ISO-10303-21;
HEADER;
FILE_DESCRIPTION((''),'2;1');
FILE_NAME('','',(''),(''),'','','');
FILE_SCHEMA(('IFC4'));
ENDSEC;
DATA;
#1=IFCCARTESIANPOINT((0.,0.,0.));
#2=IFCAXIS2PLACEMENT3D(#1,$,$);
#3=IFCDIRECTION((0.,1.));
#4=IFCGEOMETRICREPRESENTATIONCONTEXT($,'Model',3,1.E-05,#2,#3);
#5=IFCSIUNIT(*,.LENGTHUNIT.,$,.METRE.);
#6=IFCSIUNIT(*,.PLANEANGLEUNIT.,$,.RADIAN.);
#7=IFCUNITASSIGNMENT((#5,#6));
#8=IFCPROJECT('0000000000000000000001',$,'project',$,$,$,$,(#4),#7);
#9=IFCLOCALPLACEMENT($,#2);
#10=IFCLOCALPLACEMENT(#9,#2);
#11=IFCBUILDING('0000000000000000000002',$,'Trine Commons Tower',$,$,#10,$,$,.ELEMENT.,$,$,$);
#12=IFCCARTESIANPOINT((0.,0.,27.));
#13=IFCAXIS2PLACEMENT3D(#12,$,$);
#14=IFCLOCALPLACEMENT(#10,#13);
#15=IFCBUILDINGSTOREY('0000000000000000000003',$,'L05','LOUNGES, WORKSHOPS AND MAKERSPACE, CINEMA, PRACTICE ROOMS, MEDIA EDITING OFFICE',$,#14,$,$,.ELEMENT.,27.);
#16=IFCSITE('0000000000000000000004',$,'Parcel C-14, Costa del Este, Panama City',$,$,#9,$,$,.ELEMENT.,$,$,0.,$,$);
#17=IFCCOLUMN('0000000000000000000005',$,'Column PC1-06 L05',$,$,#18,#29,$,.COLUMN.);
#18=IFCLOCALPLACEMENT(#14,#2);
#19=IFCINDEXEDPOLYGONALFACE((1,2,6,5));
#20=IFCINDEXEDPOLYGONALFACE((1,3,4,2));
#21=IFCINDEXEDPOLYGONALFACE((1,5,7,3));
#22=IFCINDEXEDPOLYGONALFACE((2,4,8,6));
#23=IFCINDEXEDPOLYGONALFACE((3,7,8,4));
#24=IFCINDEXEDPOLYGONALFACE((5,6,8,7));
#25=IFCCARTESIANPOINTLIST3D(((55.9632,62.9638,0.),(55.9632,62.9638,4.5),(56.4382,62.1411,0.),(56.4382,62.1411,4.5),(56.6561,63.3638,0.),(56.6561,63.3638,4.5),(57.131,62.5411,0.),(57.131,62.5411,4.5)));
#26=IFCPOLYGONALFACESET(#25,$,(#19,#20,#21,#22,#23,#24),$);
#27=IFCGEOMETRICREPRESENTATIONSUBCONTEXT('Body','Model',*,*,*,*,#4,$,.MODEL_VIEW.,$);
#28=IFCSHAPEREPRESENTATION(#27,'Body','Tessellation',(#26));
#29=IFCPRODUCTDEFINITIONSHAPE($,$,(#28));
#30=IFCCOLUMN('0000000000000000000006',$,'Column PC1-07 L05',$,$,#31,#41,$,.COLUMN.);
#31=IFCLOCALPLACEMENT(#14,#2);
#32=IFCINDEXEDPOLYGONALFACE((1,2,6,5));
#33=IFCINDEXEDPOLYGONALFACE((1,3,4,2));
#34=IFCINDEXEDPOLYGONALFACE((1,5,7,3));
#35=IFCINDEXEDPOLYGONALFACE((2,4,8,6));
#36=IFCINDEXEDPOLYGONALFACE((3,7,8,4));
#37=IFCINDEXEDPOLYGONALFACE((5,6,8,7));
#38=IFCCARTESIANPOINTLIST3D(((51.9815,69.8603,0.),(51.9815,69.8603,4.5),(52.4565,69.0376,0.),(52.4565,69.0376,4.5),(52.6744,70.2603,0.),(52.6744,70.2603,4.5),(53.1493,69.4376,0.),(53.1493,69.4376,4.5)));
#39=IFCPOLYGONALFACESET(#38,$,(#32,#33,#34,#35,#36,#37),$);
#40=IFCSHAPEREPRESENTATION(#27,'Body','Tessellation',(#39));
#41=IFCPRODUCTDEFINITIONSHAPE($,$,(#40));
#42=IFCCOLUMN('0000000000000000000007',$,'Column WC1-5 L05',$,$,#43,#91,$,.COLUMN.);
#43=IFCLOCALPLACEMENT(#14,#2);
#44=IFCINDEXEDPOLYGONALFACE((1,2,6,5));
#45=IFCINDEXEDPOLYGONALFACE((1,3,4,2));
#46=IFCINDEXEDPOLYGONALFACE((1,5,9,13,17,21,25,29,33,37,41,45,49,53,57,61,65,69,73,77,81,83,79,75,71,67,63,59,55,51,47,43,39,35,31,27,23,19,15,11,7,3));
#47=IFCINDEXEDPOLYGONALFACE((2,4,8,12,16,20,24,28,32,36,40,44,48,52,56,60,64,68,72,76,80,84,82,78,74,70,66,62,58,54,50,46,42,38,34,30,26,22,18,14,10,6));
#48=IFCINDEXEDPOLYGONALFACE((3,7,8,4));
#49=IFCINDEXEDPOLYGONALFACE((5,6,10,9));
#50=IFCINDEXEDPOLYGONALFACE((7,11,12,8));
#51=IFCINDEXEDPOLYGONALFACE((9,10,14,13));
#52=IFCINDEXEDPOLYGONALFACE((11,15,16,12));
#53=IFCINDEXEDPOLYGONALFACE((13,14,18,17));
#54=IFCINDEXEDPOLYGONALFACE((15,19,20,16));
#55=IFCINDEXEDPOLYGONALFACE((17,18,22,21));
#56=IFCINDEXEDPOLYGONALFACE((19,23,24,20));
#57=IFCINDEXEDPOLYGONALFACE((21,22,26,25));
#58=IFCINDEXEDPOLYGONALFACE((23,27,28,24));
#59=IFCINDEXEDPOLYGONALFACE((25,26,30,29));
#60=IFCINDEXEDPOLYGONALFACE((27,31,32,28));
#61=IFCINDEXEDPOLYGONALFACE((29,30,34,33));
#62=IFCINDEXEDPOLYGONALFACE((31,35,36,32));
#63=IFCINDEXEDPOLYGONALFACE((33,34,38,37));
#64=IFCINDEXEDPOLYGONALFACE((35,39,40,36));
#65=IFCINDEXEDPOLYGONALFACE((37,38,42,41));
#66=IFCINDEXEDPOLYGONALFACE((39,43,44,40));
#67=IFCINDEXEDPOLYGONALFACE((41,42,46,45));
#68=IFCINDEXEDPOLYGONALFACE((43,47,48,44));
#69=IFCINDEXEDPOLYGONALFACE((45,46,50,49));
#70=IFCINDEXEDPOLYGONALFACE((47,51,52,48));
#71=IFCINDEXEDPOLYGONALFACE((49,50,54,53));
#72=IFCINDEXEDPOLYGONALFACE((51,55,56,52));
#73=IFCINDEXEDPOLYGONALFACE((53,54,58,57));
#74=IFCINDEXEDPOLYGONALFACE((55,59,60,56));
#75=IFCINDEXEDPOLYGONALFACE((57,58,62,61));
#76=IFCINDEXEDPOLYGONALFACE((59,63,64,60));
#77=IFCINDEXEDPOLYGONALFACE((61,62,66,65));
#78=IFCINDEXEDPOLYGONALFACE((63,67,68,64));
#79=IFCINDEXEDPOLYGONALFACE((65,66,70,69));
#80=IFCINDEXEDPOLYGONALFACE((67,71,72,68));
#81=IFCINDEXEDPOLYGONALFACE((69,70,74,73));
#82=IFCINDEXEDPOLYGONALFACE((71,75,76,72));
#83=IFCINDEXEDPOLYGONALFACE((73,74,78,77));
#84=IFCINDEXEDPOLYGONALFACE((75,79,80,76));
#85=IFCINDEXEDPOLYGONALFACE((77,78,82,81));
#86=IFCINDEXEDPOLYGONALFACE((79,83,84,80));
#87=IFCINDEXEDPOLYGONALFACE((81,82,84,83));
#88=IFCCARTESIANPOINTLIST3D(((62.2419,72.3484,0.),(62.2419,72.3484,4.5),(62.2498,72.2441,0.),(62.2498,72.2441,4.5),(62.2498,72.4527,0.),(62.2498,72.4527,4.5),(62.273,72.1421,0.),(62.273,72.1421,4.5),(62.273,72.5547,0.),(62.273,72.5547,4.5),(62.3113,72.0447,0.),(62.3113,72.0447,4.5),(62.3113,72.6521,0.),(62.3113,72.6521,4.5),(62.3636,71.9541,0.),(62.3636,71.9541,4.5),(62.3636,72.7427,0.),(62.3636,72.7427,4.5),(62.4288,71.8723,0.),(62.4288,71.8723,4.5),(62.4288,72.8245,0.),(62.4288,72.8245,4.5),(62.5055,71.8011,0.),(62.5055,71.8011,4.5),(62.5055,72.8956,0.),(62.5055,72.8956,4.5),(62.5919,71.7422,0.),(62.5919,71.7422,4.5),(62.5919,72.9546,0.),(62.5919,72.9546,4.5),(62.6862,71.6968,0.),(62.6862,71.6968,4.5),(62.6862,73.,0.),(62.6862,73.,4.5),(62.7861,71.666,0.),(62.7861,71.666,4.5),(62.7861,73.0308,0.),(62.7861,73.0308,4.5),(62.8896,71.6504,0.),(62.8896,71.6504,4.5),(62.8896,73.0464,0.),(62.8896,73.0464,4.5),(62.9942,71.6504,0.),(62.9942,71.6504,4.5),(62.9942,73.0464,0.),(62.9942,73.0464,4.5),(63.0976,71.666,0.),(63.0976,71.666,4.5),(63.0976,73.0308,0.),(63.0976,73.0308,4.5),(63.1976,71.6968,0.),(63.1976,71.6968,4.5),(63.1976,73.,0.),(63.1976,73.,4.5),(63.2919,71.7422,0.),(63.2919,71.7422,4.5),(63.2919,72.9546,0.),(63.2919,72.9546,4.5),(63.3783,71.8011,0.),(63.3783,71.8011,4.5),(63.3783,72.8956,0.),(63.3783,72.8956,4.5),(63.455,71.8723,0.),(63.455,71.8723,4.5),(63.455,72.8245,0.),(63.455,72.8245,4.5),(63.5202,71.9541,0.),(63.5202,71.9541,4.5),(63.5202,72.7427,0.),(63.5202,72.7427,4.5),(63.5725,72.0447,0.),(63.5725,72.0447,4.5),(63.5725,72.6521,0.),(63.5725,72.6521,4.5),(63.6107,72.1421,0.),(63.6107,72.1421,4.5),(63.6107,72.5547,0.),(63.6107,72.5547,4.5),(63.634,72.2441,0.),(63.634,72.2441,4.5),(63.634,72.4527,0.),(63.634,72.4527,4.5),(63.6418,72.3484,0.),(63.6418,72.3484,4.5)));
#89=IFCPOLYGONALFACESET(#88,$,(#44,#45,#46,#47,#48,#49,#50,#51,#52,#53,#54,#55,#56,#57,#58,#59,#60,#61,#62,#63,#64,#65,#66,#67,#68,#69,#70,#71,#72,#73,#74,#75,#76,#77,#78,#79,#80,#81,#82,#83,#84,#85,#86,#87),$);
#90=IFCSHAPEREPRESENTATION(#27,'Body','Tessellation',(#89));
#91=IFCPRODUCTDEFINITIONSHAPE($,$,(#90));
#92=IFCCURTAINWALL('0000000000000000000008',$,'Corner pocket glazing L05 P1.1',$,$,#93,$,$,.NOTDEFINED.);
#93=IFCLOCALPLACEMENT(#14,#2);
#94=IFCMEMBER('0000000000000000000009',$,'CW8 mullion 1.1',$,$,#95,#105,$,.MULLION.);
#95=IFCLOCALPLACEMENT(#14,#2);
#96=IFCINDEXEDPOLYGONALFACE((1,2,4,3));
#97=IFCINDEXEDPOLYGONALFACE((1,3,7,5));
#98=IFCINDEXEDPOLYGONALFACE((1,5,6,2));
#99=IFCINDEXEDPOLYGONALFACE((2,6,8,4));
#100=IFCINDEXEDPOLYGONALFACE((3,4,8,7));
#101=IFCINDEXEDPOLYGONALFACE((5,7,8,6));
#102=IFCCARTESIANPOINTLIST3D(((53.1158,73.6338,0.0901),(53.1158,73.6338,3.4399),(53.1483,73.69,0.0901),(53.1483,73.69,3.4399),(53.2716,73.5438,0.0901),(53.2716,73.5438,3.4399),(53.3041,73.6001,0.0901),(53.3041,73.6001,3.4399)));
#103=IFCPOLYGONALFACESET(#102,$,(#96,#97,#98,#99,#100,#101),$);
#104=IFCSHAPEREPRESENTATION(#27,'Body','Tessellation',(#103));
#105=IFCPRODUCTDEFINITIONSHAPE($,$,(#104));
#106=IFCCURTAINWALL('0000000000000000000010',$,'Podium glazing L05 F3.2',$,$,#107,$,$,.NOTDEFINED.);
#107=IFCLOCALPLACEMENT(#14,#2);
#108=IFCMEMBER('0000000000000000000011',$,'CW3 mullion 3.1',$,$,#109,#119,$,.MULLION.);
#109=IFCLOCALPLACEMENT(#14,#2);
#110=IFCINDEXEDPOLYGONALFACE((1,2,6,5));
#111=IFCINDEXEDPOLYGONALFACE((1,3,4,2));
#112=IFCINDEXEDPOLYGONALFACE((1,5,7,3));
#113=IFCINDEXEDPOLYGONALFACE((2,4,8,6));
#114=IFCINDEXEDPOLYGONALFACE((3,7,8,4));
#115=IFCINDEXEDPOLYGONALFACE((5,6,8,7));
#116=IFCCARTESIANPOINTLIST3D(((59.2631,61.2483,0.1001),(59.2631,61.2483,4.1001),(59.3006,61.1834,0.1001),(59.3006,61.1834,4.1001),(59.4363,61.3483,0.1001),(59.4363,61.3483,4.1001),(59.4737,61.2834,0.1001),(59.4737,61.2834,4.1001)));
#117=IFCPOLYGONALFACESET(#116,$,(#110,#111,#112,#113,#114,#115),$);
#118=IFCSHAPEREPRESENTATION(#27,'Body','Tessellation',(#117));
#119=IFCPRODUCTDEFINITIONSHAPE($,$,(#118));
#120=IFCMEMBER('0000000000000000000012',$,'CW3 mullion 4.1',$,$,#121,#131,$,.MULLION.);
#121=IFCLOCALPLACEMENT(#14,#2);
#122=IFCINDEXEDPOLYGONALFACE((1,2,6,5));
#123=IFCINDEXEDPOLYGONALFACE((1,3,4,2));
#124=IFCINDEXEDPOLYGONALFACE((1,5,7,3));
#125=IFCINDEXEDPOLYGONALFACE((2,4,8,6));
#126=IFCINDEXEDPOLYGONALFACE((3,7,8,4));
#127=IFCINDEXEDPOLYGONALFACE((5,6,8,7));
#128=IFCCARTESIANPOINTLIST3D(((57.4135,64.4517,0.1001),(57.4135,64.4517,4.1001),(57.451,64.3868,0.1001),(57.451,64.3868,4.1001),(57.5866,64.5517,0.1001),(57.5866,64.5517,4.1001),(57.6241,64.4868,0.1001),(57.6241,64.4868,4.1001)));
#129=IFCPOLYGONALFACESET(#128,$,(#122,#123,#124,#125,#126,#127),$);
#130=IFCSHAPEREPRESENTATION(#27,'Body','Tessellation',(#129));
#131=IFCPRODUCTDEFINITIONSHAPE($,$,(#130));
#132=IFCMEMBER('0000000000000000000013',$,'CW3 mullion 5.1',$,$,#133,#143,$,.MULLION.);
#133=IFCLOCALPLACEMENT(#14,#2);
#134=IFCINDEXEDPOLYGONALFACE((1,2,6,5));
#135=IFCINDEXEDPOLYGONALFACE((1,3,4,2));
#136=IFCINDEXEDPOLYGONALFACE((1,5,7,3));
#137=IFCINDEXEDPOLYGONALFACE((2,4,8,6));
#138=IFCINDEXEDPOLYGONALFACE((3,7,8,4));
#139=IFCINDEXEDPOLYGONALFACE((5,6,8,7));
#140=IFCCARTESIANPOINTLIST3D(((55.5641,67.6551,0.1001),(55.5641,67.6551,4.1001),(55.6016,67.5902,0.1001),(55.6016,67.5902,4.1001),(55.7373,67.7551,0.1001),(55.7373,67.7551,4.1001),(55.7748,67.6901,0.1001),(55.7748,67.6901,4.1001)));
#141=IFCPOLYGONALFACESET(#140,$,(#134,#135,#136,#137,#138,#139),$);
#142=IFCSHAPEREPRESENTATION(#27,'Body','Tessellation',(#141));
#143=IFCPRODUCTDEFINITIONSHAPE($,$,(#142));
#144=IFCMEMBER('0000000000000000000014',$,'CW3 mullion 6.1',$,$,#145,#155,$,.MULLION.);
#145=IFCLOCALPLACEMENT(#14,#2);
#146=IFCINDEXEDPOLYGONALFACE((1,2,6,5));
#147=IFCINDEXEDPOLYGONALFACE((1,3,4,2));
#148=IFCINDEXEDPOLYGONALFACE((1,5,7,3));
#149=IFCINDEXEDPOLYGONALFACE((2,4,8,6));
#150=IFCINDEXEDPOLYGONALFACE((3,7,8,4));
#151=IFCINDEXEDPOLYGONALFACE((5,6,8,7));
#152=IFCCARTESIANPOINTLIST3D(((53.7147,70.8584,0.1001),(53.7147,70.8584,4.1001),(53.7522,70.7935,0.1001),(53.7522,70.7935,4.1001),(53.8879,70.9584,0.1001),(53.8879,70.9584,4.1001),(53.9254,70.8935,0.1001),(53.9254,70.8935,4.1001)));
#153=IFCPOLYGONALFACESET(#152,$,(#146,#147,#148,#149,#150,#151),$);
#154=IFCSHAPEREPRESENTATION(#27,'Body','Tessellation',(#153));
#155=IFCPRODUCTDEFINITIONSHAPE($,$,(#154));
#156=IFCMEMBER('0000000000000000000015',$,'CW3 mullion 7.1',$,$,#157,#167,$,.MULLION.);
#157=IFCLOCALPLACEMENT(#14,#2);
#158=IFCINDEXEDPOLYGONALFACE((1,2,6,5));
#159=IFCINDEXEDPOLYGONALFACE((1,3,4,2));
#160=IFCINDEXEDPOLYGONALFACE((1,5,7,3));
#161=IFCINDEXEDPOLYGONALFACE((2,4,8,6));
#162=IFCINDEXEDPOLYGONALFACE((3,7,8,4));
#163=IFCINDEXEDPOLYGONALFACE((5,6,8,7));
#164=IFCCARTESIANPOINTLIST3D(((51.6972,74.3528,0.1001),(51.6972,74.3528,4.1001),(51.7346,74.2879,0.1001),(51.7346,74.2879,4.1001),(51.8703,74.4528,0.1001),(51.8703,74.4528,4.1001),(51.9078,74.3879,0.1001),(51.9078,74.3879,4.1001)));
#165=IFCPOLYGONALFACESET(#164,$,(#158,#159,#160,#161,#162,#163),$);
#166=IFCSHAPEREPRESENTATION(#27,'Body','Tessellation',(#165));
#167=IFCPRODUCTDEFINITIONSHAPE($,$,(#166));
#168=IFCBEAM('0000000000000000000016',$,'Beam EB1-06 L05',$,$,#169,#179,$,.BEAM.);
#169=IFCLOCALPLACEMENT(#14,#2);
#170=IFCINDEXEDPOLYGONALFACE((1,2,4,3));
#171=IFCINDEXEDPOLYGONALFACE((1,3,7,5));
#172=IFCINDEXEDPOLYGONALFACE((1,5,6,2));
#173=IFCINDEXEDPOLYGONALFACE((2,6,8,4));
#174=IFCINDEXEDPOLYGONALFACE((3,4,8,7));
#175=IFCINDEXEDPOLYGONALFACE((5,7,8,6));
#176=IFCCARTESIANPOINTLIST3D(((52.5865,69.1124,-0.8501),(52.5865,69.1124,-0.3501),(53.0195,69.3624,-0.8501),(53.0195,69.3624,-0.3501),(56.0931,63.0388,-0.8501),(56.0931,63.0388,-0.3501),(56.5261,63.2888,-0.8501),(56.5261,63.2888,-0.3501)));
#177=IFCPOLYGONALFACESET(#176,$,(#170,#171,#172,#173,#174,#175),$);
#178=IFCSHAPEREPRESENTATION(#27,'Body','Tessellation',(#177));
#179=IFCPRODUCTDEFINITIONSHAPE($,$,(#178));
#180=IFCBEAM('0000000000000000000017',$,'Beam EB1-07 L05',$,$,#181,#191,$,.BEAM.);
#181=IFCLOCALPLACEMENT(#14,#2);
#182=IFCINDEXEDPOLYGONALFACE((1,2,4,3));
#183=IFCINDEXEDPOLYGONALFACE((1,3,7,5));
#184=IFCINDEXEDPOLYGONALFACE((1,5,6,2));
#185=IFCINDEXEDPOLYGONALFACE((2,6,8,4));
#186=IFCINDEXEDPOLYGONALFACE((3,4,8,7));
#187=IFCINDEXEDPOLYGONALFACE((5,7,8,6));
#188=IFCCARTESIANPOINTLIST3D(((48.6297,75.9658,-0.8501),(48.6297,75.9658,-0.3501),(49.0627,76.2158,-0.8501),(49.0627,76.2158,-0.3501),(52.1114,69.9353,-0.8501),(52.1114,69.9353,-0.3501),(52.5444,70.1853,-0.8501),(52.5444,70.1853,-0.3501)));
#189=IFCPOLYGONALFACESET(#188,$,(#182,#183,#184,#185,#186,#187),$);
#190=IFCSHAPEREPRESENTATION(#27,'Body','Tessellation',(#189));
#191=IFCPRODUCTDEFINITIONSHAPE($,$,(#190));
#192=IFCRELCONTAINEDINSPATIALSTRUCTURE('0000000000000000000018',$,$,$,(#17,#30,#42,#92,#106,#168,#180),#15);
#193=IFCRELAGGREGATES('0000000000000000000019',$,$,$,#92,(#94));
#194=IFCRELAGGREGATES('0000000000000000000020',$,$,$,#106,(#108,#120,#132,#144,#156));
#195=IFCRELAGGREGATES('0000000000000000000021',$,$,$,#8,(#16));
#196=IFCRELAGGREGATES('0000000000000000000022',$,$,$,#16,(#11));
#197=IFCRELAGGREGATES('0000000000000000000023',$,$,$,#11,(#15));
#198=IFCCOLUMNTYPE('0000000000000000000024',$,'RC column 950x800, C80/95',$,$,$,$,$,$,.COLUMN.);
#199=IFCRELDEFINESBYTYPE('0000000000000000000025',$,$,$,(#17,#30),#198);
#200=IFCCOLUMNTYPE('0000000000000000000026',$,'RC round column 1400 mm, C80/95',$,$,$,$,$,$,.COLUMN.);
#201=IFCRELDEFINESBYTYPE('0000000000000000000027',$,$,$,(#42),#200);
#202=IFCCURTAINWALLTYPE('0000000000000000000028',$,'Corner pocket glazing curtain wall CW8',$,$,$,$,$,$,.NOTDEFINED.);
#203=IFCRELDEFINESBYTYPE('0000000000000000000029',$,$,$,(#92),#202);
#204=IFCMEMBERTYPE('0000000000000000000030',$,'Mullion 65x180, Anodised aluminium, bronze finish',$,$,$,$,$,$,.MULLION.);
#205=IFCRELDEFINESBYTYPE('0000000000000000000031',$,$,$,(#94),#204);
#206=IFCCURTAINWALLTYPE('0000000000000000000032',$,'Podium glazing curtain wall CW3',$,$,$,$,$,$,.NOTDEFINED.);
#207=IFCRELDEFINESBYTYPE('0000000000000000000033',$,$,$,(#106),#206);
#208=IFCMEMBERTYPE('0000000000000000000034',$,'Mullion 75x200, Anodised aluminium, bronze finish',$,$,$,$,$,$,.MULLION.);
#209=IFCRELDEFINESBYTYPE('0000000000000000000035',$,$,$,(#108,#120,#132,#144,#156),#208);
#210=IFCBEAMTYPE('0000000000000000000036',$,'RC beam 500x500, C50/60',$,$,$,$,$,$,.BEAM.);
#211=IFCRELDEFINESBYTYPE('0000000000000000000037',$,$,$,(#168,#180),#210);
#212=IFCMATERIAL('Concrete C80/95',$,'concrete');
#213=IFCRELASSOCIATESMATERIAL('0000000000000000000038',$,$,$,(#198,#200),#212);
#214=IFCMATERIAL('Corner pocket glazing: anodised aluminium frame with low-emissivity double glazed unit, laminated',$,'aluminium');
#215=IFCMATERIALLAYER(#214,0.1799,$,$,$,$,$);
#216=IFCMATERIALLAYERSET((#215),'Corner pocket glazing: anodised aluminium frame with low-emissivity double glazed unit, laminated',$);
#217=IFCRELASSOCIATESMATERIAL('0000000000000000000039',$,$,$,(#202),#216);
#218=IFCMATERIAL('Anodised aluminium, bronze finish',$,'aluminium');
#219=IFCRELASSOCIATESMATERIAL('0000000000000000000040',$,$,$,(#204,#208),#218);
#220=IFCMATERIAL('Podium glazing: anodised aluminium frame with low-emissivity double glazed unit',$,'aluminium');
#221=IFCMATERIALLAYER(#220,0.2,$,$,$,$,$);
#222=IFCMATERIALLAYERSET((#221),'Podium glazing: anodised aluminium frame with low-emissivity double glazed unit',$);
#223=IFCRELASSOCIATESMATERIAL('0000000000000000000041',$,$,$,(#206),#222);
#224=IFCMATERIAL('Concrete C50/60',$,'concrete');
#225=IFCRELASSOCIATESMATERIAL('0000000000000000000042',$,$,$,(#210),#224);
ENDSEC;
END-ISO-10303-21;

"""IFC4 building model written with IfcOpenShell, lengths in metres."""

from ifc_helpers import new_model, si_unit, direction, frame, origin, origin_2d, place, context, subcontext, project, spatial, rectangle, circle, extrude, material, layer, layer_set, material_profile, profile_set, type_object, element, aggregate, save


model = new_model("IFC4")

# Units and contexts
model_context = context("Model", 3, precision=1e-05, world=origin(), true_north=direction((0.0, 1.0)))
body_context = subcontext(model_context, "Body", "Model", "MODEL_VIEW")
ifc_project = project(units=[si_unit("LENGTHUNIT", "METRE"), si_unit("PLANEANGLEUNIT", "RADIAN")], contexts=[model_context])

# Site, building, storey
site_placement = place(None, origin())
site = spatial("IfcSite", under=ifc_project, at=site_placement, Name="Parcel C-14, Costa del Este, Panama City", CompositionType="ELEMENT", RefElevation=0.0)
building_placement = place(site_placement, origin())
building = spatial("IfcBuilding", under=site, at=building_placement, Name="Trine Commons Tower", CompositionType="ELEMENT")
storey_placement = place(building_placement, frame((0.0, 0.0, 27.0)))
storey = spatial("IfcBuildingStorey", under=building, at=storey_placement, Name="L05", Description="LOUNGES, WORKSHOPS AND MAKERSPACE, CINEMA, PRACTICE ROOMS, MEDIA EDITING OFFICE", CompositionType="ELEMENT", Elevation=27.0)

# Columns
ifc_material_1 = material(Name="Concrete C80/95", Category="concrete")
ifc_material_profile_1 = material_profile(ifc_material_1, rectangle(XDim=0.95, YDim=0.8, at=origin_2d()), Name="RC 950x800")
ifc_profile_set_1 = profile_set([ifc_material_profile_1], Name="Concrete C80/95")
column_type_1 = type_object("IfcColumnType", Name="RC column 950x800, C80/95", PredefinedType="COLUMN", material=ifc_profile_set_1)
for number, where, z_axis, x_axis, name in (
    (1, (56.5471, 62.7524, 0.0), (0.0, 0.0, 1.0), (-0.5, 0.866025, 0.0), "Column PC1-06 L05"),
    (2, (52.5654, 69.6489, 0.0), (0.0, 0.0, 1.0), (-0.5, 0.866025, 0.0), "Column PC1-07 L05"),
):
    element("IfcColumn", number, at=place(storey_placement, frame(where, z_axis=z_axis, x_axis=x_axis)), inside=storey, type_object=column_type_1, Name=name, PredefinedType="COLUMN", context=body_context, shape_type="SweptSolid", body=[
        extrude(rectangle(XDim=0.95, YDim=0.8, at=origin_2d()), origin(), (0.0, 0.0, 1.0), 4.5),
    ])
ifc_material_profile_2 = material_profile(ifc_material_1, circle(Radius=0.7, at=origin_2d()), Name="RC round 1400")
ifc_profile_set_2 = profile_set([ifc_material_profile_2], Name="Concrete C80/95")
column_type_2 = type_object("IfcColumnType", Name="RC round column 1400 mm, C80/95", PredefinedType="COLUMN", material=ifc_profile_set_2)
column_placement = place(storey_placement, frame((62.9419, 72.3484, 0.0), z_axis=(0.0, 0.0, 1.0), x_axis=(1.0, 0.0, 0.0)))
element("IfcColumn", 3, at=column_placement, inside=storey, type_object=column_type_2, Name="Column WC1-5 L05", PredefinedType="COLUMN", context=body_context, shape_type="SweptSolid", body=[
    extrude(circle(Radius=0.7, at=origin_2d()), origin(), (0.0, 0.0, 1.0), 4.5),
])

# Curtain wall, member
ifc_material_2 = material(Name="Corner pocket glazing: anodised aluminium frame with low-emissivity double glazed unit, laminated", Category="aluminium")
ifc_layer_1 = layer(ifc_material_2, 0.1799)
ifc_layer_set_1 = layer_set([ifc_layer_1], Name="Corner pocket glazing: anodised aluminium frame with low-emissivity double glazed unit, laminated")
curtain_wall_type_1 = type_object("IfcCurtainWallType", Name="Corner pocket glazing curtain wall CW8", PredefinedType="NOTDEFINED", material=ifc_layer_set_1)
curtain_wall_1_placement = place(storey_placement, origin())
curtain_wall_1 = element("IfcCurtainWall", 4, at=curtain_wall_1_placement, inside=storey, type_object=curtain_wall_type_1, Name="Corner pocket glazing L05 P1.1", PredefinedType="NOTDEFINED")
ifc_material_3 = material(Name="Anodised aluminium, bronze finish", Category="aluminium")
ifc_material_profile_3 = material_profile(ifc_material_3, rectangle(XDim=0.1799, YDim=0.0649, at=origin_2d()), Name="Mullion 65x180")
ifc_profile_set_3 = profile_set([ifc_material_profile_3], Name="Anodised aluminium, bronze finish")
member_type_1 = type_object("IfcMemberType", Name="Mullion 65x180, Anodised aluminium, bronze finish", PredefinedType="MULLION", material=ifc_profile_set_3)
member_1_placement = place(storey_placement, frame((53.21, 73.6169, 0.0901), z_axis=(0.0, 0.0, 1.0), x_axis=(-0.866025, 0.5, 0.0)))
member_1 = element("IfcMember", 5, at=member_1_placement, type_object=member_type_1, Name="CW8 mullion 1.1", PredefinedType="MULLION", context=body_context, shape_type="SweptSolid", body=[
    extrude(rectangle(XDim=0.1799, YDim=0.0649, at=origin_2d()), origin(), (0.0, 0.0, 1.0), 3.3499),
])

# Curtain wall, members
ifc_material_4 = material(Name="Podium glazing: anodised aluminium frame with low-emissivity double glazed unit", Category="aluminium")
ifc_layer_2 = layer(ifc_material_4, 0.2)
ifc_layer_set_2 = layer_set([ifc_layer_2], Name="Podium glazing: anodised aluminium frame with low-emissivity double glazed unit")
curtain_wall_type_2 = type_object("IfcCurtainWallType", Name="Podium glazing curtain wall CW3", PredefinedType="NOTDEFINED", material=ifc_layer_set_2)
curtain_wall_2_placement = place(storey_placement, origin())
curtain_wall_2 = element("IfcCurtainWall", 6, at=curtain_wall_2_placement, inside=storey, type_object=curtain_wall_type_2, Name="Podium glazing L05 F3.2", PredefinedType="NOTDEFINED")
ifc_material_profile_4 = material_profile(ifc_material_3, rectangle(XDim=0.2, YDim=0.075, at=origin_2d()), Name="Mullion 75x200")
ifc_profile_set_4 = profile_set([ifc_material_profile_4], Name="Anodised aluminium, bronze finish")
member_type_2 = type_object("IfcMemberType", Name="Mullion 75x200, Anodised aluminium, bronze finish", PredefinedType="MULLION", material=ifc_profile_set_4)
member_2_placement = place(storey_placement, frame((59.3684, 61.2659, 0.1001), z_axis=(0.0, 0.0, 1.0), x_axis=(-0.866025, -0.5, 0.0)))
member_2 = element("IfcMember", 7, at=member_2_placement, type_object=member_type_2, Name="CW3 mullion 3.1", PredefinedType="MULLION", context=body_context, shape_type="SweptSolid", body=[
    extrude(rectangle(XDim=0.2, YDim=0.075, at=origin_2d()), origin(), (0.0, 0.0, 1.0), 4.0),
])
member_3_placement = place(storey_placement, frame((57.5188, 64.4692, 0.1001), z_axis=(0.0, 0.0, 1.0), x_axis=(-0.866025, -0.5, 0.0)))
member_3 = element("IfcMember", 8, at=member_3_placement, type_object=member_type_2, Name="CW3 mullion 4.1", PredefinedType="MULLION", context=body_context, shape_type="SweptSolid", body=[
    extrude(rectangle(XDim=0.2, YDim=0.075, at=origin_2d()), origin(), (0.0, 0.0, 1.0), 4.0),
])
member_4_placement = place(storey_placement, frame((55.6694, 67.6726, 0.1001), z_axis=(0.0, 0.0, 1.0), x_axis=(-0.866025, -0.5, 0.0)))
member_4 = element("IfcMember", 9, at=member_4_placement, type_object=member_type_2, Name="CW3 mullion 5.1", PredefinedType="MULLION", context=body_context, shape_type="SweptSolid", body=[
    extrude(rectangle(XDim=0.2, YDim=0.075, at=origin_2d()), origin(), (0.0, 0.0, 1.0), 4.0),
])
member_5_placement = place(storey_placement, frame((53.8201, 70.876, 0.1001), z_axis=(0.0, 0.0, 1.0), x_axis=(-0.866025, -0.5, 0.0)))
member_5 = element("IfcMember", 10, at=member_5_placement, type_object=member_type_2, Name="CW3 mullion 6.1", PredefinedType="MULLION", context=body_context, shape_type="SweptSolid", body=[
    extrude(rectangle(XDim=0.2, YDim=0.075, at=origin_2d()), origin(), (0.0, 0.0, 1.0), 4.0),
])
member_6_placement = place(storey_placement, frame((51.8025, 74.3704, 0.1001), z_axis=(0.0, 0.0, 1.0), x_axis=(-0.866025, -0.5, 0.0)))
member_6 = element("IfcMember", 11, at=member_6_placement, type_object=member_type_2, Name="CW3 mullion 7.1", PredefinedType="MULLION", context=body_context, shape_type="SweptSolid", body=[
    extrude(rectangle(XDim=0.2, YDim=0.075, at=origin_2d()), origin(), (0.0, 0.0, 1.0), 4.0),
])

# Beams
ifc_material_5 = material(Name="Concrete C50/60", Category="concrete")
ifc_material_profile_5 = material_profile(ifc_material_5, rectangle(XDim=0.5, YDim=0.5, at=origin_2d()), Name="RC 500x500")
ifc_profile_set_5 = profile_set([ifc_material_profile_5], Name="Concrete C50/60")
beam_type = type_object("IfcBeamType", Name="RC beam 500x500, C50/60", PredefinedType="BEAM", material=ifc_profile_set_5)
beam_1_placement = place(storey_placement, frame((56.3096, 63.1638, -0.6001), z_axis=(-0.499992, 0.86603, 0.0), x_axis=(-0.86603, -0.499992, 0.0)))
element("IfcBeam", 12, at=beam_1_placement, inside=storey, type_object=beam_type, Name="Beam EB1-06 L05", PredefinedType="BEAM", context=body_context, shape_type="SweptSolid", body=[
    extrude(rectangle(XDim=0.5, YDim=0.5, at=origin_2d()), origin(), (0.0, 0.0, 1.0), 7.0132),
])
beam_2_placement = place(storey_placement, frame((52.3279, 70.0603, -0.6001), z_axis=(-0.499997, 0.866027, 0.0), x_axis=(-0.866027, -0.499997, 0.0)))
element("IfcBeam", 13, at=beam_2_placement, inside=storey, type_object=beam_type, Name="Beam EB1-07 L05", PredefinedType="BEAM", context=body_context, shape_type="SweptSolid", body=[
    extrude(rectangle(XDim=0.5, YDim=0.5, at=origin_2d()), origin(), (0.0, 0.0, 1.0), 6.9634),
])

aggregate(curtain_wall_1, [member_1])

aggregate(curtain_wall_2, [member_2, member_3, member_4, member_5, member_6])

save(model, "model.ifc")
